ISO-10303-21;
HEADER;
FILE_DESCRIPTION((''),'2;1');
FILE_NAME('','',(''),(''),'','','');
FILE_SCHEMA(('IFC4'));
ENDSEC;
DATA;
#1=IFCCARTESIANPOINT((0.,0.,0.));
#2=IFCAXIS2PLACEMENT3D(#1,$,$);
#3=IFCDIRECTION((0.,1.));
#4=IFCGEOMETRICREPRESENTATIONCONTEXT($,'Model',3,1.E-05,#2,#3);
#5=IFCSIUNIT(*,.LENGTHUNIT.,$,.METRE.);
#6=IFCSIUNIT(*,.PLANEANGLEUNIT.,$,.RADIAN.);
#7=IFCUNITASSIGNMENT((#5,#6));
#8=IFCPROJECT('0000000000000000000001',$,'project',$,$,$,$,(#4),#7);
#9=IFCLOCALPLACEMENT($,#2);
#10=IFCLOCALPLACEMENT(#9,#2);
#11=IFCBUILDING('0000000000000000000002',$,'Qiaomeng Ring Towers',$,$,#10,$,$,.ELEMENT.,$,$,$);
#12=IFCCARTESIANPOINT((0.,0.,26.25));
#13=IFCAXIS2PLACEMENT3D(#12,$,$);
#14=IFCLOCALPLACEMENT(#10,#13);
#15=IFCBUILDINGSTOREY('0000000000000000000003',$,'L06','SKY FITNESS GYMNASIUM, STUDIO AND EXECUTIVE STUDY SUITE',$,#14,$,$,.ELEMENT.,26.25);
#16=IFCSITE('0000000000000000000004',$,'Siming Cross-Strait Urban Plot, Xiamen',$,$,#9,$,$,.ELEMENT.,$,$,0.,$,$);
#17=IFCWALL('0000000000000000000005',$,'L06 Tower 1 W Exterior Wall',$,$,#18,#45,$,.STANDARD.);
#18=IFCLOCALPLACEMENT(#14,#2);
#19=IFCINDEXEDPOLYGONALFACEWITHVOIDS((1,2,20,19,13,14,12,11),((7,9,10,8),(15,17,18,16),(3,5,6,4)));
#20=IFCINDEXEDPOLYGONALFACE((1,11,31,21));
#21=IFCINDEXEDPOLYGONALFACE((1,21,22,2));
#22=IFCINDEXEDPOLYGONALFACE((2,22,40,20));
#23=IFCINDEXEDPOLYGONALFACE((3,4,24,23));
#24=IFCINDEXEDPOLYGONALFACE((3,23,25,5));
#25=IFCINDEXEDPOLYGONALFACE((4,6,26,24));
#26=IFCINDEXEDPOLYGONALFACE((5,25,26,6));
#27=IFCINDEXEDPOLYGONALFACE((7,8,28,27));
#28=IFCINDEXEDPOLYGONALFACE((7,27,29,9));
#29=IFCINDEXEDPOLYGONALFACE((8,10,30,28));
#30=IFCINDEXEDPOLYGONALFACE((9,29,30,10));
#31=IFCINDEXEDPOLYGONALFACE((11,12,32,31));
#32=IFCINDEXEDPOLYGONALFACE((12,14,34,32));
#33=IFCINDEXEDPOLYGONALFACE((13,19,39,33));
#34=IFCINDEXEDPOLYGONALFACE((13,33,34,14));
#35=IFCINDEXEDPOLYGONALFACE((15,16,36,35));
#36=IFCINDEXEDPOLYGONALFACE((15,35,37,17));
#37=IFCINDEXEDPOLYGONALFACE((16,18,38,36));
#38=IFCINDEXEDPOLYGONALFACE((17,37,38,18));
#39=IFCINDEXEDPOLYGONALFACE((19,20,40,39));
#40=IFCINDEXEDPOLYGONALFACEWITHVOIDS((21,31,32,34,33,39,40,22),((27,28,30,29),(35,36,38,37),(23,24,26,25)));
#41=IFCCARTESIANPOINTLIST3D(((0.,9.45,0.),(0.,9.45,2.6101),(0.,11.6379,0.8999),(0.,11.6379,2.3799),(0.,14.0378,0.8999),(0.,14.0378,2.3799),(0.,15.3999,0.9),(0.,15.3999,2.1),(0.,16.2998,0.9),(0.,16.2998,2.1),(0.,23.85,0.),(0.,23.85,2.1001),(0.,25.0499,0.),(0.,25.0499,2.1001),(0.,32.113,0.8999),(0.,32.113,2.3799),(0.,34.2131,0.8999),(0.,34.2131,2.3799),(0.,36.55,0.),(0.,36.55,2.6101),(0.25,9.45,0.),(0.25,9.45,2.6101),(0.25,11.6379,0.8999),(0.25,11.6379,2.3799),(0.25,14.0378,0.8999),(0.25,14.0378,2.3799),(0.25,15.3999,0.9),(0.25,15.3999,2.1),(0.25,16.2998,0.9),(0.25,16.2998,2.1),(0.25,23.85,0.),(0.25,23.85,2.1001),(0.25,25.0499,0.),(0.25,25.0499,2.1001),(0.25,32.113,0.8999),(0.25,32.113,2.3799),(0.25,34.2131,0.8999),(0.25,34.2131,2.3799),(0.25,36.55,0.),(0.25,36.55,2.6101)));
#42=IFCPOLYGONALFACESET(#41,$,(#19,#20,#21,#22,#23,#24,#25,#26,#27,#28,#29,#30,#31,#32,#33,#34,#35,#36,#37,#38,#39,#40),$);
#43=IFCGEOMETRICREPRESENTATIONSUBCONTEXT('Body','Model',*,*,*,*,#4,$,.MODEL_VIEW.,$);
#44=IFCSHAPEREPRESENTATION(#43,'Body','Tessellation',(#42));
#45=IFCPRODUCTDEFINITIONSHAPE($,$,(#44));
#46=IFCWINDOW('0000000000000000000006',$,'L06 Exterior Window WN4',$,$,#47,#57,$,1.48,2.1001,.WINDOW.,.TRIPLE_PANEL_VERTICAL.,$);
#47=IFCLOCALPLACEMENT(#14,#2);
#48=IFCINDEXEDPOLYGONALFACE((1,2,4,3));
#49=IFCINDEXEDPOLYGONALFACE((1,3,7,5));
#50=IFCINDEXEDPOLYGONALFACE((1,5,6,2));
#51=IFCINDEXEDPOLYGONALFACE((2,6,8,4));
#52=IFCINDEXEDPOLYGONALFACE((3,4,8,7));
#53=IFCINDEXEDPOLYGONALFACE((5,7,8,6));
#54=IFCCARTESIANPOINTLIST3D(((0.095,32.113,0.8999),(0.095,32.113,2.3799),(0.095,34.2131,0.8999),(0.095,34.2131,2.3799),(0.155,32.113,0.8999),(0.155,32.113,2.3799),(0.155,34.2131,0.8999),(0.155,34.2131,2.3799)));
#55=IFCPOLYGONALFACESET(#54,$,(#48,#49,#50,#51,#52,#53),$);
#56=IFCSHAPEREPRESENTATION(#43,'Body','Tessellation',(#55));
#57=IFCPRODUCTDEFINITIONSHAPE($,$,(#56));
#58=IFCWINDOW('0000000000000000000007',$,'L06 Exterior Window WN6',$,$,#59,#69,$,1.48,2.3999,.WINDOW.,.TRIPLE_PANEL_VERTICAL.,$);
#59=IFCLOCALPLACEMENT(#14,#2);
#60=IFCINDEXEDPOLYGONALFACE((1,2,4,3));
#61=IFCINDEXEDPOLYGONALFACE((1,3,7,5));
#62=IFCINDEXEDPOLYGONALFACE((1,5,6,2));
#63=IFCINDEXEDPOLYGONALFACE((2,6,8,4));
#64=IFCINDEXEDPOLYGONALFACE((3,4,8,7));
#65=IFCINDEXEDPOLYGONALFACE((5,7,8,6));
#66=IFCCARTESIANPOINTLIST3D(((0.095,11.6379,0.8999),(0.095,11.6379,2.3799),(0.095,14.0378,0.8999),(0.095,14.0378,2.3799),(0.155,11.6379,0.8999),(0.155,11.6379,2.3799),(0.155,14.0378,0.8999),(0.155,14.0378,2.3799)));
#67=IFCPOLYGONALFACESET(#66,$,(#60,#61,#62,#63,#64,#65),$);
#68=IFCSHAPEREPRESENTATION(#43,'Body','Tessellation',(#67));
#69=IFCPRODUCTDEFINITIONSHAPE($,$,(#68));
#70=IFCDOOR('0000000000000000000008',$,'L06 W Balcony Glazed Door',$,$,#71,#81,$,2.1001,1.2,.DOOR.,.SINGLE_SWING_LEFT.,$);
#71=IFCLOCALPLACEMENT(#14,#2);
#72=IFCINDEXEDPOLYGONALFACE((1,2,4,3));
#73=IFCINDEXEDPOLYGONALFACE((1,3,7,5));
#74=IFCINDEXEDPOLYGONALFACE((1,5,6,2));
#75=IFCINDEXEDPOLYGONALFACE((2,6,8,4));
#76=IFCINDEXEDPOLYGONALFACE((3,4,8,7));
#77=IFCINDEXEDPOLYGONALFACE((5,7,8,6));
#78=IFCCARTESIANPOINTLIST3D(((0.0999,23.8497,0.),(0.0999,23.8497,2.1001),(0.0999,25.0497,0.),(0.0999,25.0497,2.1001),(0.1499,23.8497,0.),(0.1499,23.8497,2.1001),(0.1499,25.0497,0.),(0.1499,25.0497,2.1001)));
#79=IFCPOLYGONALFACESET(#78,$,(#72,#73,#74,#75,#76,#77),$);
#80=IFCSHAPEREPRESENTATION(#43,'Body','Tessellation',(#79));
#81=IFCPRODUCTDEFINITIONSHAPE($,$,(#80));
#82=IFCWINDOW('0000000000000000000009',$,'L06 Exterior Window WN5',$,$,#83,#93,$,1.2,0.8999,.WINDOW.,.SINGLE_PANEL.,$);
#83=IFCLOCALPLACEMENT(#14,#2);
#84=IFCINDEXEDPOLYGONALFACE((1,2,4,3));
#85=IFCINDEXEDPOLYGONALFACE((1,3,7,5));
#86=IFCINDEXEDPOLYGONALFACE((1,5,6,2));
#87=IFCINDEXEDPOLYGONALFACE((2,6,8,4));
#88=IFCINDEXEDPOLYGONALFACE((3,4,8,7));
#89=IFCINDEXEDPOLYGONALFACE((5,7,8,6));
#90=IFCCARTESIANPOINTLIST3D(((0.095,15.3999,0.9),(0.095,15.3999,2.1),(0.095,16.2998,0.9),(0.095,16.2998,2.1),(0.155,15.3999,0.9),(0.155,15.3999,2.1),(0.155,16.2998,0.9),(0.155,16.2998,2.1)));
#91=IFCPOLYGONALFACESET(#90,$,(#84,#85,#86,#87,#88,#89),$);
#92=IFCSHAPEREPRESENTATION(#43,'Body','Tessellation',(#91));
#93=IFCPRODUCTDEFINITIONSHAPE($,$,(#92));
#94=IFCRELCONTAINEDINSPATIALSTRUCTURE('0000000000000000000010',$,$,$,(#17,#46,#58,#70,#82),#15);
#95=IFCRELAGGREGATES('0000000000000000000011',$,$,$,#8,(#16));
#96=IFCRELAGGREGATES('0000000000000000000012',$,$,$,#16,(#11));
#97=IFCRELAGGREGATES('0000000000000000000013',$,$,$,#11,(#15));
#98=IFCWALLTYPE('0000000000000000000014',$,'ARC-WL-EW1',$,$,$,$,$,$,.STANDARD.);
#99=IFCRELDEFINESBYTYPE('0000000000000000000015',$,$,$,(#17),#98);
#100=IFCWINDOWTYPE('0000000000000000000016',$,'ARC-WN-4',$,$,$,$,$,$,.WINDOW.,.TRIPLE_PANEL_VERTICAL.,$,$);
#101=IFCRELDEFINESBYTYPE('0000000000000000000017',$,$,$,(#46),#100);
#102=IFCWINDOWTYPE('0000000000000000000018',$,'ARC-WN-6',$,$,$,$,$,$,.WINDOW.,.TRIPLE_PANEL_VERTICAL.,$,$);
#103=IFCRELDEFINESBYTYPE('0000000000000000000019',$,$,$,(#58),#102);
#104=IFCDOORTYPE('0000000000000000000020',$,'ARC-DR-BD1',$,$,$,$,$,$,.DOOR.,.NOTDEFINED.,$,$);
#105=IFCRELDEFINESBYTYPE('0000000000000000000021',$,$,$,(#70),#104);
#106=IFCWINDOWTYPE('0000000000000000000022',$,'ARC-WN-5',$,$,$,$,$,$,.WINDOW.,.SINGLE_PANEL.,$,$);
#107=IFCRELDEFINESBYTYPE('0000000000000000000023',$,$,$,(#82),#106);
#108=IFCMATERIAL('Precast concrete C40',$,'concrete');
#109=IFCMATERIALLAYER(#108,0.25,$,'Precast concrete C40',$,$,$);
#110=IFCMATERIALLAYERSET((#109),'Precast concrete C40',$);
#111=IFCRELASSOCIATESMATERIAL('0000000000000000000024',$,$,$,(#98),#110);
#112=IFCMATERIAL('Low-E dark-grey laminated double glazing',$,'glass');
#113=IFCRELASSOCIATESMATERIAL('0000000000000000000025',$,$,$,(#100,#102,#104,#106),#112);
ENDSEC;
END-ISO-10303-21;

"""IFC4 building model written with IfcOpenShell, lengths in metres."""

from ifc_helpers import new_model, si_unit, direction, frame, frame_2d, origin, place, context, subcontext, project, spatial, rectangle, extrude, source, transform, mapped, material, layer, layer_set, type_object, element, fill, save


model = new_model("IFC4")

# Units and contexts
model_context = context("Model", 3, precision=1e-05, world=origin(), true_north=direction((0.0, 1.0)))
body_context = subcontext(model_context, "Body", "Model", "MODEL_VIEW")
ifc_project = project(units=[si_unit("LENGTHUNIT", "METRE"), si_unit("PLANEANGLEUNIT", "RADIAN")], contexts=[model_context])

# Site, building, storey
site_placement = place(None, origin())
site = spatial("IfcSite", under=ifc_project, at=site_placement, Name="Siming Cross-Strait Urban Plot, Xiamen", CompositionType="ELEMENT", RefElevation=0.0)
building_placement = place(site_placement, origin())
building = spatial("IfcBuilding", under=site, at=building_placement, Name="Qiaomeng Ring Towers", CompositionType="ELEMENT")
storey_placement = place(building_placement, frame((0.0, 0.0, 26.25)))
storey = spatial("IfcBuildingStorey", under=building, at=storey_placement, Name="L06", Description="SKY FITNESS GYMNASIUM, STUDIO AND EXECUTIVE STUDY SUITE", CompositionType="ELEMENT", Elevation=26.25)

# Wall, openings, windows, door
ifc_material_1 = material(Name="Precast concrete C40", Category="concrete")
ifc_layer_1 = layer(ifc_material_1, 0.25, Name="Precast concrete C40")
ifc_layer_set_1 = layer_set([ifc_layer_1], Name="Precast concrete C40")
wall_type_1 = type_object("IfcWallType", Name="ARC-WL-EW1", PredefinedType="STANDARD", material=ifc_layer_set_1)
wall_1_placement = place(storey_placement, frame((0.125, 9.45, 0.0), z_axis=(0.0, 0.0, 1.0), x_axis=(0.0, 1.0, 0.0)))
wall_1 = element("IfcWall", 1, at=wall_1_placement, inside=storey, type_object=wall_type_1, Name="L06 Tower 1 W Exterior Wall", PredefinedType="STANDARD", context=body_context, shape_type="SweptSolid", body=[
    extrude(rectangle(XDim=27.1001, YDim=0.25, at=frame_2d((13.55, 0.0))), origin(), (0.0, 0.0, 1.0), 2.6101),
])
opening_1_placement = place(wall_1_placement, frame((14.3999, 0.0, 0.0)))
opening_1 = element("IfcOpeningElement", 2, at=opening_1_placement, cuts=wall_1, PredefinedType="OPENING", context=body_context, shape_type="SweptSolid", body=[
    extrude(rectangle(XDim=1.2, YDim=2.1001, at=frame_2d((0.6001, 1.05))), frame((0.0, 0.135, 0.0), z_axis=(0.0, -1.0, 0.0), x_axis=(1.0, 0.0, 0.0)), (0.0, 0.0, 1.0), 0.27),
])
opening_2_placement = place(wall_1_placement, frame((2.188, 0.0, 0.8999)))
opening_2 = element("IfcOpeningElement", 3, at=opening_2_placement, cuts=wall_1, PredefinedType="OPENING", context=body_context, shape_type="SweptSolid", body=[
    extrude(rectangle(XDim=2.3999, YDim=1.48, at=frame_2d((1.2, 0.74))), frame((0.0, 0.135, 0.0), z_axis=(0.0, -1.0, 0.0), x_axis=(1.0, 0.0, 0.0)), (0.0, 0.0, 1.0), 0.27),
])
opening_3_placement = place(wall_1_placement, frame((22.6631, 0.0, 0.8999)))
opening_3 = element("IfcOpeningElement", 4, at=opening_3_placement, cuts=wall_1, PredefinedType="OPENING", context=body_context, shape_type="SweptSolid", body=[
    extrude(rectangle(XDim=2.1001, YDim=1.48, at=frame_2d((1.05, 0.74))), frame((0.0, 0.135, 0.0), z_axis=(0.0, -1.0, 0.0), x_axis=(1.0, 0.0, 0.0)), (0.0, 0.0, 1.0), 0.27),
])
opening_4_placement = place(wall_1_placement, frame((5.95, 0.0, 0.8999)))
opening_4 = element("IfcOpeningElement", 5, at=opening_4_placement, cuts=wall_1, PredefinedType="OPENING", context=body_context, shape_type="SweptSolid", body=[
    extrude(rectangle(XDim=0.8999, YDim=1.2, at=frame_2d((0.45, 0.6001))), frame((0.0, 0.135, 0.0), z_axis=(0.0, -1.0, 0.0), x_axis=(1.0, 0.0, 0.0)), (0.0, 0.0, 1.0), 0.27),
])
ifc_material_2 = material(Name="Low-E dark-grey laminated double glazing", Category="glass")
window_type_1 = type_object("IfcWindowType", Name="ARC-WN-4", PartitioningType="TRIPLE_PANEL_VERTICAL", PredefinedType="WINDOW", material=ifc_material_2)
shared_shape_1 = source(origin(), body_context, "Body", "SweptSolid", [
    extrude(rectangle(XDim=2.1001, YDim=1.48, at=frame_2d((1.05, 0.74))), frame((0.0, 0.03, 0.0), z_axis=(0.0, -1.0, 0.0), x_axis=(1.0, 0.0, 0.0)), (0.0, 0.0, 1.0), 0.0601),
])
window_1_placement = place(opening_3_placement, origin())
window_1 = element("IfcWindow", 6, at=window_1_placement, inside=storey, type_object=window_type_1, Name="L06 Exterior Window WN4", OverallHeight=1.48, OverallWidth=2.1001, PartitioningType="TRIPLE_PANEL_VERTICAL", PredefinedType="WINDOW", context=body_context, shape_type="MappedRepresentation", body=[
    mapped(shared_shape_1, transform((0.0, 0.0, 0.0), x_axis=(1.0, 0.0, 0.0), y_axis=(0.0, 1.0, 0.0), z_axis=(0.0, 0.0, 1.0), scale=1.0)),
])
fill(opening_3, window_1)
window_type_2 = type_object("IfcWindowType", Name="ARC-WN-6", PartitioningType="TRIPLE_PANEL_VERTICAL", PredefinedType="WINDOW", material=ifc_material_2)
shared_shape_2 = source(origin(), body_context, "Body", "SweptSolid", [
    extrude(rectangle(XDim=2.3999, YDim=1.48, at=frame_2d((1.2, 0.74))), frame((0.0, 0.03, 0.0), z_axis=(0.0, -1.0, 0.0), x_axis=(1.0, 0.0, 0.0)), (0.0, 0.0, 1.0), 0.0601),
])
window_2_placement = place(opening_2_placement, origin())
window_2 = element("IfcWindow", 7, at=window_2_placement, inside=storey, type_object=window_type_2, Name="L06 Exterior Window WN6", OverallHeight=1.48, OverallWidth=2.3999, PartitioningType="TRIPLE_PANEL_VERTICAL", PredefinedType="WINDOW", context=body_context, shape_type="MappedRepresentation", body=[
    mapped(shared_shape_2, transform((0.0, 0.0, 0.0), x_axis=(1.0, 0.0, 0.0), y_axis=(0.0, 1.0, 0.0), z_axis=(0.0, 0.0, 1.0), scale=1.0)),
])
fill(opening_2, window_2)
door_type_1 = type_object("IfcDoorType", Name="ARC-DR-BD1", OperationType="NOTDEFINED", PredefinedType="DOOR", material=ifc_material_2)
shared_shape_3 = source(origin(), body_context, "Body", "SweptSolid", [
    extrude(rectangle(XDim=1.2, YDim=2.1001, at=frame_2d((0.6001, 1.05))), frame((0.0, 0.0249, 0.0), z_axis=(0.0, -1.0, 0.0), x_axis=(1.0, 0.0, 0.0)), (0.0, 0.0, 1.0), 0.05),
])
door_1_placement = place(opening_1_placement, frame((1.2, 0.0, 0.0), z_axis=(0.0, 0.0, 1.0), x_axis=(-1.0, 0.0, 0.0)))
door_1 = element("IfcDoor", 8, at=door_1_placement, inside=storey, type_object=door_type_1, Name="L06 W Balcony Glazed Door", OperationType="SINGLE_SWING_LEFT", OverallHeight=2.1001, OverallWidth=1.2, PredefinedType="DOOR", context=body_context, shape_type="MappedRepresentation", body=[
    mapped(shared_shape_3, transform((0.0, 0.0, 0.0), x_axis=(1.0, 0.0, 0.0), y_axis=(0.0, 1.0, 0.0), z_axis=(0.0, 0.0, 1.0), scale=1.0)),
])
fill(opening_1, door_1)
window_type_3 = type_object("IfcWindowType", Name="ARC-WN-5", PartitioningType="SINGLE_PANEL", PredefinedType="WINDOW", material=ifc_material_2)
shared_shape_4 = source(origin(), body_context, "Body", "SweptSolid", [
    extrude(rectangle(XDim=0.8999, YDim=1.2, at=frame_2d((0.45, 0.6001))), frame((0.0, 0.03, 0.0), z_axis=(0.0, -1.0, 0.0), x_axis=(1.0, 0.0, 0.0)), (0.0, 0.0, 1.0), 0.0601),
])
window_3_placement = place(opening_4_placement, origin())
window_3 = element("IfcWindow", 9, at=window_3_placement, inside=storey, type_object=window_type_3, Name="L06 Exterior Window WN5", OverallHeight=1.2, OverallWidth=0.8999, PartitioningType="SINGLE_PANEL", PredefinedType="WINDOW", context=body_context, shape_type="MappedRepresentation", body=[
    mapped(shared_shape_4, transform((0.0, 0.0, 0.0), x_axis=(1.0, 0.0, 0.0), y_axis=(0.0, 1.0, 0.0), z_axis=(0.0, 0.0, 1.0), scale=1.0)),
])
fill(opening_4, window_3)

save(model, "model.ifc")
